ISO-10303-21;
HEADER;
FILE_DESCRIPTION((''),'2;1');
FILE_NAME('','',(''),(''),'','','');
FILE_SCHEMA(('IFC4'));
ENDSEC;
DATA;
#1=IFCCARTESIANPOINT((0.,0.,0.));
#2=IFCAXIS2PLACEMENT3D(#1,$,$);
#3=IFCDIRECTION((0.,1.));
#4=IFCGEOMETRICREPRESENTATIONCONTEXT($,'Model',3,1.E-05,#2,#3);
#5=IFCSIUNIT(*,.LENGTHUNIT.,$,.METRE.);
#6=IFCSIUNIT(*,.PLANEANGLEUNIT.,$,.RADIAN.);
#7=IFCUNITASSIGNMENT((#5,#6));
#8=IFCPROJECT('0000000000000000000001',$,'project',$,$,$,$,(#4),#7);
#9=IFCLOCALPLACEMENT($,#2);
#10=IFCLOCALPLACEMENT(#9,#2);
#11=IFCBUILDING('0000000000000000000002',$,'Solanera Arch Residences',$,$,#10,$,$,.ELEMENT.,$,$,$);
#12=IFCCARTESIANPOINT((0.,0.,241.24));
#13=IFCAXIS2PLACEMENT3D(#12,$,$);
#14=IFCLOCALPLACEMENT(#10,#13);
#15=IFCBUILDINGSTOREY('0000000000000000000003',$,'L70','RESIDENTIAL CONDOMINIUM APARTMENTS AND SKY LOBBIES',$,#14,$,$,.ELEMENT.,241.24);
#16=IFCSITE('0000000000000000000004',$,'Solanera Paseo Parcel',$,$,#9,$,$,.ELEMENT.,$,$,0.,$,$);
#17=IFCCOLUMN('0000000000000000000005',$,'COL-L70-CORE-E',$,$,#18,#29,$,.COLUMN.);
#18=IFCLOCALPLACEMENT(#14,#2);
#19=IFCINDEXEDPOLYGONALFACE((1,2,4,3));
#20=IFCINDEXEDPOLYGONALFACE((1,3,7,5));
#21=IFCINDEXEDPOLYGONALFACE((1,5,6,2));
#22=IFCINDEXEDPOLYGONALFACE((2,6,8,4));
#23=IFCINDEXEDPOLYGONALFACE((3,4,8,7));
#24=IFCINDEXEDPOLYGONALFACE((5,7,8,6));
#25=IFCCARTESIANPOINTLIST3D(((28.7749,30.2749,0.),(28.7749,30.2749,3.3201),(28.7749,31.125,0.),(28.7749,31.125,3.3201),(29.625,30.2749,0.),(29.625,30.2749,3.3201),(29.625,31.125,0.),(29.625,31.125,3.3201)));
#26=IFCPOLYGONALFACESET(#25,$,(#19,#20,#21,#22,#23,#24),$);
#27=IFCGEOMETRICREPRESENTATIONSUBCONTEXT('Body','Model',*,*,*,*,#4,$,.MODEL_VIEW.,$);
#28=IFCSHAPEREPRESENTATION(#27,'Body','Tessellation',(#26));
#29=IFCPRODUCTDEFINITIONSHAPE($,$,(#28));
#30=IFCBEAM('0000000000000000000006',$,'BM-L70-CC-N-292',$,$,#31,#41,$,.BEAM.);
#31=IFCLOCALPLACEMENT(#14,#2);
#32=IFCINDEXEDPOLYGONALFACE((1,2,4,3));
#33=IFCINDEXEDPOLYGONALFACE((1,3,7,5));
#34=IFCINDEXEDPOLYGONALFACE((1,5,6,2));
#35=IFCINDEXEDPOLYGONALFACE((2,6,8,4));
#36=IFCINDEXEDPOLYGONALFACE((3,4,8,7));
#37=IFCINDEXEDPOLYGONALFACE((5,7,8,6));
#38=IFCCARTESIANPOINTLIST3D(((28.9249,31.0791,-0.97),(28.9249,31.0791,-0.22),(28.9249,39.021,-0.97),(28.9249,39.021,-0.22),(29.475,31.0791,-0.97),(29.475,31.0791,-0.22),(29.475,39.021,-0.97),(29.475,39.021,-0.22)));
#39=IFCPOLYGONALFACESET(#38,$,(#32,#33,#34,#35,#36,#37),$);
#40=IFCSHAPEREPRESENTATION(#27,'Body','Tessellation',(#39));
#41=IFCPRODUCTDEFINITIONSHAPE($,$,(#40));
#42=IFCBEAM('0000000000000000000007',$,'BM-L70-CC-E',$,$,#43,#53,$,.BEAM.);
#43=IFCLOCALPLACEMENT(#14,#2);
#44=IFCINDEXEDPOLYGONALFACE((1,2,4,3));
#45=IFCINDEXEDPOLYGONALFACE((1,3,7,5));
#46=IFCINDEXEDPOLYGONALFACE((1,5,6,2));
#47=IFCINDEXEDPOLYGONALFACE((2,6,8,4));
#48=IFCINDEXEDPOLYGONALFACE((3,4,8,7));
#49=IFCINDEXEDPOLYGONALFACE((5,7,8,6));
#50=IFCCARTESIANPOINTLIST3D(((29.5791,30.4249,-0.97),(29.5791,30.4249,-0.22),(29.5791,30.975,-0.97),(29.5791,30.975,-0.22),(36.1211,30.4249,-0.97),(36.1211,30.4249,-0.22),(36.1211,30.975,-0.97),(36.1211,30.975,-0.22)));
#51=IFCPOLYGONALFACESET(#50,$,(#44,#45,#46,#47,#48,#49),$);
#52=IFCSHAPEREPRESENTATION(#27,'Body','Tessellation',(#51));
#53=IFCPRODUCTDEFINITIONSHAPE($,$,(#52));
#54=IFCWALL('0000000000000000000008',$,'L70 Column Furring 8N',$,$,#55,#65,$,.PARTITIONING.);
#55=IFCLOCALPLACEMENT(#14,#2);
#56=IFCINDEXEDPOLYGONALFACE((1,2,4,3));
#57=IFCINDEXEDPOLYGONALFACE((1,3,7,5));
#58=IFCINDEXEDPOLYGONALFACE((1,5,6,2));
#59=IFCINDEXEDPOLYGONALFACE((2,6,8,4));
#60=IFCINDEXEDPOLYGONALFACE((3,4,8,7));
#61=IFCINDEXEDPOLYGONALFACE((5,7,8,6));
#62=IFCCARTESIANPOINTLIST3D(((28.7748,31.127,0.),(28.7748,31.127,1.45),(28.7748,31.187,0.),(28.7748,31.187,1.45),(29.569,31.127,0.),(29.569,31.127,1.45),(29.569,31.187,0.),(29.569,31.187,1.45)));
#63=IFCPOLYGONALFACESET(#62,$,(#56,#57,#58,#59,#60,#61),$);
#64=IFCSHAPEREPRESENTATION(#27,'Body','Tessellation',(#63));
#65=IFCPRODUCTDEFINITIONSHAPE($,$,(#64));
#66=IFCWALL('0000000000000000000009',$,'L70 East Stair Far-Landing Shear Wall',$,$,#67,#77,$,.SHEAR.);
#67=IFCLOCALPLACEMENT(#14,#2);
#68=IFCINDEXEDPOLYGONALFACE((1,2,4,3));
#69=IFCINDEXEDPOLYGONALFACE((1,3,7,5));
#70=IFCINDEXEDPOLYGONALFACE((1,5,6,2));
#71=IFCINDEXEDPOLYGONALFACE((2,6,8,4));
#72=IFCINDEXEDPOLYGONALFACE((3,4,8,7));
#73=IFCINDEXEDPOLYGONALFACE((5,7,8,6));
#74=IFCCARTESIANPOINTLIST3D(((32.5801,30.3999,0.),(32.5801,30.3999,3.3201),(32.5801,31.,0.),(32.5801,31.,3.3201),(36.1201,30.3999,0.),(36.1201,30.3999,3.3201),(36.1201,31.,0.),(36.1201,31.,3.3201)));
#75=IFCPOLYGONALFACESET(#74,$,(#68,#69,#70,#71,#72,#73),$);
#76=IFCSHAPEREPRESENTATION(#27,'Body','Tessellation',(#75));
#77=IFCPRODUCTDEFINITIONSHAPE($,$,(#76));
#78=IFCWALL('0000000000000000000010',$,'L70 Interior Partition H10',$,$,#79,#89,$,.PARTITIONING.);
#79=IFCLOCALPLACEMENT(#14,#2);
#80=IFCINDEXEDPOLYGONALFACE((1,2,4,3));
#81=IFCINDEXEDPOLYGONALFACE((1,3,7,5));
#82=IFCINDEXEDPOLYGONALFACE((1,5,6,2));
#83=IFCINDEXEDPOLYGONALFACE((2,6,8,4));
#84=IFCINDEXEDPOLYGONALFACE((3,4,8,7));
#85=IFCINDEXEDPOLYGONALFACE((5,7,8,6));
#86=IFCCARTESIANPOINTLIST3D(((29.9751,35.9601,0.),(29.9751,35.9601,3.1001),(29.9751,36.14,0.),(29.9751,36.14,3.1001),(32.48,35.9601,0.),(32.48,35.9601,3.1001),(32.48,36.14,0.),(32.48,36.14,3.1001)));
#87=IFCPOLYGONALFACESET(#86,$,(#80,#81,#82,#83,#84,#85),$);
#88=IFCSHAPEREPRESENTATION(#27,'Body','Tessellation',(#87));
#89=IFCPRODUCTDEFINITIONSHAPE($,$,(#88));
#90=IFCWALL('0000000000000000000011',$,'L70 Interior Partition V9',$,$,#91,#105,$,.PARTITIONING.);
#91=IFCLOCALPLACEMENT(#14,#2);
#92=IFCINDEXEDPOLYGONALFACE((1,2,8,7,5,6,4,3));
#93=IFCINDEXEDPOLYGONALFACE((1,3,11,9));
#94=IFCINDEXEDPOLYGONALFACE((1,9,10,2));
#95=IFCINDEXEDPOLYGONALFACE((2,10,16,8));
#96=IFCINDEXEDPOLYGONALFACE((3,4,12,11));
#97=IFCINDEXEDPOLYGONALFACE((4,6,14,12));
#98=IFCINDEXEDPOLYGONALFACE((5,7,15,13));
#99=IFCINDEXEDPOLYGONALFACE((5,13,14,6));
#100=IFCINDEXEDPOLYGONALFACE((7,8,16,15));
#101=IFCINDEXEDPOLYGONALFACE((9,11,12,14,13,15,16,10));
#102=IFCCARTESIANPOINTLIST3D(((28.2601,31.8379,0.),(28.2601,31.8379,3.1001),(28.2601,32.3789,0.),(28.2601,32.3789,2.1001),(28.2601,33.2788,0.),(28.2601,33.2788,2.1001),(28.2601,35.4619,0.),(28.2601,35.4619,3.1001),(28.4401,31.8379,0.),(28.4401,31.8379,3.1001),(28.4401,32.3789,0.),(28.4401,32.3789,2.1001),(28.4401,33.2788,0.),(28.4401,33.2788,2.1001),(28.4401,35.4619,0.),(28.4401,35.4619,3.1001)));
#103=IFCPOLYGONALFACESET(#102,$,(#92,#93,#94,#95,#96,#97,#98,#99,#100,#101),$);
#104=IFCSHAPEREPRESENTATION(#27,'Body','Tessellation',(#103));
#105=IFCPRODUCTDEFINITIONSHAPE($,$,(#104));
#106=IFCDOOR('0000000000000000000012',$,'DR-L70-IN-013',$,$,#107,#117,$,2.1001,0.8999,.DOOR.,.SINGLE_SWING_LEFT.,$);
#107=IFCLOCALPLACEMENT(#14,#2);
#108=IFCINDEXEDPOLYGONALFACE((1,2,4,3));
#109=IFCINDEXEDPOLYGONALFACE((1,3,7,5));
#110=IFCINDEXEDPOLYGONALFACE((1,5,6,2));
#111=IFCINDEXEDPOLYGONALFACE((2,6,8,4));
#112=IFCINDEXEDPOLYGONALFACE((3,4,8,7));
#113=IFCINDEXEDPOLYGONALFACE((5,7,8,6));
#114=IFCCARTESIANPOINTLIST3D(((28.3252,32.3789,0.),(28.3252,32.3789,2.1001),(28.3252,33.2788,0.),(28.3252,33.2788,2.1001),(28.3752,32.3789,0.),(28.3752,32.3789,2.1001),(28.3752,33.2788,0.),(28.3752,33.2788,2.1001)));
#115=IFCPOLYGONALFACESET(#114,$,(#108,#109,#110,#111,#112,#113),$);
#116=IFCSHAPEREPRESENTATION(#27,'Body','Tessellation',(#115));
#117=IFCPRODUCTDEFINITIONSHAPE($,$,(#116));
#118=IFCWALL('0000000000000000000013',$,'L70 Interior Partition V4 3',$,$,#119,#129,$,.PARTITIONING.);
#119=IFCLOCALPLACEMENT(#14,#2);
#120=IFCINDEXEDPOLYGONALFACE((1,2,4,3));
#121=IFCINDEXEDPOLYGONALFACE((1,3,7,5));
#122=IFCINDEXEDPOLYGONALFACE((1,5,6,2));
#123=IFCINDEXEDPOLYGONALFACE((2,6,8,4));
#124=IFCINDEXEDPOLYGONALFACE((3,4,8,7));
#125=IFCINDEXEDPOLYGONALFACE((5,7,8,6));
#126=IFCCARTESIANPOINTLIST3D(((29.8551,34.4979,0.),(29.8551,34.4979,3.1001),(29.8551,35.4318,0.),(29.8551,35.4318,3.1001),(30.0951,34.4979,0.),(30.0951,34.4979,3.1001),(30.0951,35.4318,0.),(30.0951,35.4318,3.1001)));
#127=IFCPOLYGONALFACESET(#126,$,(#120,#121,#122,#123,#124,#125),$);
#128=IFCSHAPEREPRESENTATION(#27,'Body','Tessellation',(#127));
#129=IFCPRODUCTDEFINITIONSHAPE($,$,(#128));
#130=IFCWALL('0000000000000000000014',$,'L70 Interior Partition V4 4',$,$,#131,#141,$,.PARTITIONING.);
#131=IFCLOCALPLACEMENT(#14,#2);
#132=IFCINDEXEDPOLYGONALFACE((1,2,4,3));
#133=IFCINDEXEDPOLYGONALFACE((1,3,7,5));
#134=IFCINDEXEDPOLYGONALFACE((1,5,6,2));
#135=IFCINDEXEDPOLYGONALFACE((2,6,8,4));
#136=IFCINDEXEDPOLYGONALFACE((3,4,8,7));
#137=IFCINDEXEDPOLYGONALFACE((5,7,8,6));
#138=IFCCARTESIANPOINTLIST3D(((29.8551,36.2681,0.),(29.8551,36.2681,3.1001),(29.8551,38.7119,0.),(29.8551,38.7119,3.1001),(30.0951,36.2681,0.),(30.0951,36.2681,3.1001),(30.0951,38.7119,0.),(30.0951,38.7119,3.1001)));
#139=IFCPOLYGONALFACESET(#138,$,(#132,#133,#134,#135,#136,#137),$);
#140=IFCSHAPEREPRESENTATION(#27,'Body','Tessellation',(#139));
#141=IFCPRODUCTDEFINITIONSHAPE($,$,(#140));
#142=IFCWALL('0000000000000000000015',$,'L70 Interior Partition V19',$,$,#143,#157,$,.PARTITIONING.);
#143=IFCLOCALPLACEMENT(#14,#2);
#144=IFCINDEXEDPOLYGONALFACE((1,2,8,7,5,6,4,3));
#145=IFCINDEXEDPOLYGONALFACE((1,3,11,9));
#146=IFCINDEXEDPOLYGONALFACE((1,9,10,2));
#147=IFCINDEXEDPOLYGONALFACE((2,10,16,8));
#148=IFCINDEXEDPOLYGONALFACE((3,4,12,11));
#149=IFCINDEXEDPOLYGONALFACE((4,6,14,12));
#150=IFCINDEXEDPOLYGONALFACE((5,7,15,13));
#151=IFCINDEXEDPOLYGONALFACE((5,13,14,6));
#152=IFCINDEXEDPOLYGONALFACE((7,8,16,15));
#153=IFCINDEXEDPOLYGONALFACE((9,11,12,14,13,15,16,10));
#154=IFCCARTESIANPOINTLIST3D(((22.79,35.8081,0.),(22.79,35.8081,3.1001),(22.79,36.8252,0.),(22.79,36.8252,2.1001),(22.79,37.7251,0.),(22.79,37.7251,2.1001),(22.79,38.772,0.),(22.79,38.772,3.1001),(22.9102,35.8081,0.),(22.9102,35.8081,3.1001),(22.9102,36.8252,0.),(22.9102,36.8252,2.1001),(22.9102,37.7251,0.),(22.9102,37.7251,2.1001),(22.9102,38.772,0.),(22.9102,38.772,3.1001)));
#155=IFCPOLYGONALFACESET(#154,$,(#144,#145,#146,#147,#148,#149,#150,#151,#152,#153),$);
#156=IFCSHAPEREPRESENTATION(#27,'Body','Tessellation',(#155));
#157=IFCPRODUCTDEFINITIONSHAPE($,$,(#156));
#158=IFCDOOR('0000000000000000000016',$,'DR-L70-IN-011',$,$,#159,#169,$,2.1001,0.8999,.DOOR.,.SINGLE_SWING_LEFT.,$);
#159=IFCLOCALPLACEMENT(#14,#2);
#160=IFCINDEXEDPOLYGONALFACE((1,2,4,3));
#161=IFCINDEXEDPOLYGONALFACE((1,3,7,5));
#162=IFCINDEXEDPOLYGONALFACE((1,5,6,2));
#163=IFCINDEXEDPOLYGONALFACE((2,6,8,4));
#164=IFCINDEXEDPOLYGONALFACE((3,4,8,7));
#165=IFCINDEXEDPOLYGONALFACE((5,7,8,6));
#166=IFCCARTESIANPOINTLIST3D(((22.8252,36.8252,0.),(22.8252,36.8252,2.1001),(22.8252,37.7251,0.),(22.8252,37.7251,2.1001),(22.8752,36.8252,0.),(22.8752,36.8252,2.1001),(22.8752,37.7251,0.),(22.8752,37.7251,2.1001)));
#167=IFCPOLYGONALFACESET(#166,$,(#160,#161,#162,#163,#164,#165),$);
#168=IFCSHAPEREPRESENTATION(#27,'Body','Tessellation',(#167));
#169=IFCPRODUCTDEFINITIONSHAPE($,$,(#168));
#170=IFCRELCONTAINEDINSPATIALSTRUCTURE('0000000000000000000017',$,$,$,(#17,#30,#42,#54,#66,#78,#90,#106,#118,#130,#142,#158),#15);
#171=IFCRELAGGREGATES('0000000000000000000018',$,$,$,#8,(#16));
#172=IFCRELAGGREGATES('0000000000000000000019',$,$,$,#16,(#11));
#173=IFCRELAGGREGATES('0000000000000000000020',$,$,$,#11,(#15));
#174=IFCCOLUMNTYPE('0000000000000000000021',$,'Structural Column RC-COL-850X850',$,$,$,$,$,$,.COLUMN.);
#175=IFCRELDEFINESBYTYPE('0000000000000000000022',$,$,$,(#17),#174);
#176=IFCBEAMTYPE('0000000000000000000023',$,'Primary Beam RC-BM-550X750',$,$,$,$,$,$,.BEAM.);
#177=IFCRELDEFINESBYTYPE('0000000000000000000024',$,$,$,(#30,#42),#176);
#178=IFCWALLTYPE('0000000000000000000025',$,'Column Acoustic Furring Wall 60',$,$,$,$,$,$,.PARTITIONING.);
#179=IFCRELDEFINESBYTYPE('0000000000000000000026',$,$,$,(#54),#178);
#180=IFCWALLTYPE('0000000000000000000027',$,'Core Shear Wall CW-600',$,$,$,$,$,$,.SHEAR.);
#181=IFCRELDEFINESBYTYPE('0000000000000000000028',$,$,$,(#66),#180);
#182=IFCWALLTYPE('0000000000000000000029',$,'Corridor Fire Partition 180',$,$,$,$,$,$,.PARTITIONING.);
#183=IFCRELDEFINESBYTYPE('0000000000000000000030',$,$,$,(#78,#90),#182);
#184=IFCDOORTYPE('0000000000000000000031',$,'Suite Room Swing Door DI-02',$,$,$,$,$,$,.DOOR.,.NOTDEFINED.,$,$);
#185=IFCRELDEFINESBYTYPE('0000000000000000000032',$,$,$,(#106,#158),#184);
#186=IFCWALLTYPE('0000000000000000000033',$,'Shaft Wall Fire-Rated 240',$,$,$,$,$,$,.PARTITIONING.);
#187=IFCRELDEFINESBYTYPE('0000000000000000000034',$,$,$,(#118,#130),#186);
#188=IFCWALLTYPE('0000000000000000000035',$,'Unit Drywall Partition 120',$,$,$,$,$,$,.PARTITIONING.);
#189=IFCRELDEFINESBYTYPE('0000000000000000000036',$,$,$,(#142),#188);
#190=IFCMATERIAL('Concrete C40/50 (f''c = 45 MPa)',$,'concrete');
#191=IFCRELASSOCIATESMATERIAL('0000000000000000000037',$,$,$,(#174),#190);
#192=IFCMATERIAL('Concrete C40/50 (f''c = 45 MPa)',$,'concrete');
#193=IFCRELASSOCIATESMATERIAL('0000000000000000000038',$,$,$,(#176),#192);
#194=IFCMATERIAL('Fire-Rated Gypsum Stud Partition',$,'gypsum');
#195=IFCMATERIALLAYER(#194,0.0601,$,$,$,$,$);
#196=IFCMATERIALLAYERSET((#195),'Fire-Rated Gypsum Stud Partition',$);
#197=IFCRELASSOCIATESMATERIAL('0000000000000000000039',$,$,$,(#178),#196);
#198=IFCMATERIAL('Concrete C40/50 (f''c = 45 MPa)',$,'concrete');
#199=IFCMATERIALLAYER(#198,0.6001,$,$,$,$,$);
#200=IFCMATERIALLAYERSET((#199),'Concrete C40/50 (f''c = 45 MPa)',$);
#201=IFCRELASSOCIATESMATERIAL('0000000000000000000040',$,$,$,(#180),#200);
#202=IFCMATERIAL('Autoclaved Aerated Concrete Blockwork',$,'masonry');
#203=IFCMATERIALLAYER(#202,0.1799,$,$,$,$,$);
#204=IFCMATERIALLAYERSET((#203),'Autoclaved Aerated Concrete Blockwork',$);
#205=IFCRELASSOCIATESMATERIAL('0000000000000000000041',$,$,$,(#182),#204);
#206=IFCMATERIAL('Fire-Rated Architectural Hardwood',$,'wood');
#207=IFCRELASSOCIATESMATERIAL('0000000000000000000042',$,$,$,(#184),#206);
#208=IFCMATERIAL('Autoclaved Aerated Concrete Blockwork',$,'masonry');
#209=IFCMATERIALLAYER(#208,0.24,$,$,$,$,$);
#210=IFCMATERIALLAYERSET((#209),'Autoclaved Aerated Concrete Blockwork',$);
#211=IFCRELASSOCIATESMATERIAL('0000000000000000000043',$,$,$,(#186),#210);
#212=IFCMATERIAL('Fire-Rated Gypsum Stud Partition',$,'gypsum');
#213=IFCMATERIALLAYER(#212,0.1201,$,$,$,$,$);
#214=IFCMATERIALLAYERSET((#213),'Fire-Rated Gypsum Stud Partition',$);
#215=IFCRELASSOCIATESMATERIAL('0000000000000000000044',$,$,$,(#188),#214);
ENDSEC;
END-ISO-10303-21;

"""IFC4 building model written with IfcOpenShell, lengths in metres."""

from ifc_helpers import new_model, si_unit, direction, frame, frame_2d, origin, origin_2d, place, context, subcontext, project, spatial, rectangle, extrude, material, layer, layer_set, material_profile, profile_set, type_object, element, fill, save


model = new_model("IFC4")

# Units and contexts
model_context = context("Model", 3, precision=1e-05, world=origin(), true_north=direction((0.0, 1.0)))
body_context = subcontext(model_context, "Body", "Model", "MODEL_VIEW")
ifc_project = project(units=[si_unit("LENGTHUNIT", "METRE"), si_unit("PLANEANGLEUNIT", "RADIAN")], contexts=[model_context])

# Site, building, storey
site_placement = place(None, origin())
site = spatial("IfcSite", under=ifc_project, at=site_placement, Name="Solanera Paseo Parcel", CompositionType="ELEMENT", RefElevation=0.0)
building_placement = place(site_placement, origin())
building = spatial("IfcBuilding", under=site, at=building_placement, Name="Solanera Arch Residences", CompositionType="ELEMENT")
storey_placement = place(building_placement, frame((0.0, 0.0, 241.24)))
storey = spatial("IfcBuildingStorey", under=building, at=storey_placement, Name="L70", Description="RESIDENTIAL CONDOMINIUM APARTMENTS AND SKY LOBBIES", CompositionType="ELEMENT", Elevation=241.24)

# Column
ifc_material_1 = material(Name="Concrete C40/50 (f'c = 45 MPa)", Category="concrete")
ifc_material_profile_1 = material_profile(ifc_material_1, rectangle(XDim=0.8501, YDim=0.8501, at=origin_2d()))
ifc_profile_set_1 = profile_set([ifc_material_profile_1], Name="Concrete C40/50 (f'c = 45 MPa)")
column_type = type_object("IfcColumnType", Name="Structural Column RC-COL-850X850", PredefinedType="COLUMN", material=ifc_profile_set_1)
column_placement = place(storey_placement, frame((29.2, 30.7, 0.0), z_axis=(0.0, 0.0, 1.0), x_axis=(1.0, 0.0, 0.0)))
element("IfcColumn", 1, at=column_placement, inside=storey, type_object=column_type, Name="COL-L70-CORE-E", PredefinedType="COLUMN", context=body_context, shape_type="SweptSolid", body=[
    extrude(rectangle(XDim=0.8501, YDim=0.8501, at=origin_2d()), origin(), (0.0, 0.0, 1.0), 3.3201),
])

# Beams
ifc_material_2 = material(Name="Concrete C40/50 (f'c = 45 MPa)", Category="concrete")
ifc_material_profile_2 = material_profile(ifc_material_2, rectangle(XDim=0.55, YDim=0.75, at=origin_2d()))
ifc_profile_set_2 = profile_set([ifc_material_profile_2], Name="Concrete C40/50 (f'c = 45 MPa)")
beam_type = type_object("IfcBeamType", Name="Primary Beam RC-BM-550X750", PredefinedType="BEAM", material=ifc_profile_set_2)
beam_1_placement = place(storey_placement, frame((29.2, 31.0791, -0.595), z_axis=(0.0, 1.0, 0.0), x_axis=(-1.0, 0.0, 0.0)))
element("IfcBeam", 2, at=beam_1_placement, inside=storey, type_object=beam_type, Name="BM-L70-CC-N-292", PredefinedType="BEAM", context=body_context, shape_type="SweptSolid", body=[
    extrude(rectangle(XDim=0.55, YDim=0.75, at=origin_2d()), origin(), (0.0, 0.0, 1.0), 7.9419),
])
beam_2_placement = place(storey_placement, frame((29.5791, 30.7, -0.595), z_axis=(1.0, 0.0, 0.0), x_axis=(0.0, 1.0, 0.0)))
element("IfcBeam", 3, at=beam_2_placement, inside=storey, type_object=beam_type, Name="BM-L70-CC-E", PredefinedType="BEAM", context=body_context, shape_type="SweptSolid", body=[
    extrude(rectangle(XDim=0.55, YDim=0.75, at=origin_2d()), origin(), (0.0, 0.0, 1.0), 6.542),
])

# Wall
ifc_material_3 = material(Name="Fire-Rated Gypsum Stud Partition", Category="gypsum")
ifc_layer_1 = layer(ifc_material_3, 0.0601)
ifc_layer_set_1 = layer_set([ifc_layer_1], Name="Fire-Rated Gypsum Stud Partition")
wall_type_1 = type_object("IfcWallType", Name="Column Acoustic Furring Wall 60", PredefinedType="PARTITIONING", material=ifc_layer_set_1)
wall_1_placement = place(storey_placement, frame((28.7749, 31.157, 0.0), z_axis=(0.0, 0.0, 1.0), x_axis=(1.0, 0.0, 0.0)))
element("IfcWall", 4, at=wall_1_placement, inside=storey, type_object=wall_type_1, Name="L70 Column Furring 8N", PredefinedType="PARTITIONING", context=body_context, shape_type="SweptSolid", body=[
    extrude(rectangle(XDim=0.7942, YDim=0.0601, at=frame_2d((0.397, 0.0))), origin(), (0.0, 0.0, 1.0), 1.45),
])

# Walls
ifc_material_4 = material(Name="Concrete C40/50 (f'c = 45 MPa)", Category="concrete")
ifc_layer_2 = layer(ifc_material_4, 0.6001)
ifc_layer_set_2 = layer_set([ifc_layer_2], Name="Concrete C40/50 (f'c = 45 MPa)")
wall_type_2 = type_object("IfcWallType", Name="Core Shear Wall CW-600", PredefinedType="SHEAR", material=ifc_layer_set_2)
wall_2_placement = place(storey_placement, frame((32.5801, 30.7, 0.0), z_axis=(0.0, 0.0, 1.0), x_axis=(1.0, 0.0, 0.0)))
element("IfcWall", 5, at=wall_2_placement, inside=storey, type_object=wall_type_2, Name="L70 East Stair Far-Landing Shear Wall", PredefinedType="SHEAR", context=body_context, shape_type="SweptSolid", body=[
    extrude(rectangle(XDim=3.54, YDim=0.6001, at=frame_2d((1.77, 0.0))), origin(), (0.0, 0.0, 1.0), 3.3201),
])
ifc_material_5 = material(Name="Autoclaved Aerated Concrete Blockwork", Category="masonry")
ifc_layer_3 = layer(ifc_material_5, 0.1799)
ifc_layer_set_3 = layer_set([ifc_layer_3], Name="Autoclaved Aerated Concrete Blockwork")
wall_type_3 = type_object("IfcWallType", Name="Corridor Fire Partition 180", PredefinedType="PARTITIONING", material=ifc_layer_set_3)
wall_3_placement = place(storey_placement, frame((29.9751, 36.05, 0.0), z_axis=(0.0, 0.0, 1.0), x_axis=(1.0, 0.0, 0.0)))
element("IfcWall", 6, at=wall_3_placement, inside=storey, type_object=wall_type_3, Name="L70 Interior Partition H10", PredefinedType="PARTITIONING", context=body_context, shape_type="SweptSolid", body=[
    extrude(rectangle(XDim=2.5049, YDim=0.1799, at=frame_2d((1.2524, 0.0))), origin(), (0.0, 0.0, 1.0), 3.1001),
])

# Wall, opening, door
wall_4_placement = place(storey_placement, frame((28.3501, 31.8379, 0.0), z_axis=(0.0, 0.0, 1.0), x_axis=(0.0, 1.0, 0.0)))
wall_4 = element("IfcWall", 7, at=wall_4_placement, inside=storey, type_object=wall_type_3, Name="L70 Interior Partition V9", PredefinedType="PARTITIONING", context=body_context, shape_type="SweptSolid", body=[
    extrude(rectangle(XDim=3.624, YDim=0.1799, at=frame_2d((1.812, 0.0))), origin(), (0.0, 0.0, 1.0), 3.1001),
])
opening_1_placement = place(wall_4_placement, frame((0.541, 0.0, 0.0)))
opening_1 = element("IfcOpeningElement", 8, at=opening_1_placement, cuts=wall_4, PredefinedType="OPENING", context=body_context, shape_type="SweptSolid", body=[
    extrude(rectangle(XDim=0.8999, YDim=2.1001, at=frame_2d((0.45, 1.05))), frame((0.0, 0.1001, 0.0), z_axis=(0.0, -1.0, 0.0), x_axis=(1.0, 0.0, 0.0)), (0.0, 0.0, 1.0), 0.1999),
])
ifc_material_6 = material(Name="Fire-Rated Architectural Hardwood", Category="wood")
door_type_1 = type_object("IfcDoorType", Name="Suite Room Swing Door DI-02", OperationType="NOTDEFINED", PredefinedType="DOOR", material=ifc_material_6)
door_1_placement = place(opening_1_placement, origin())
door_1 = element("IfcDoor", 9, at=door_1_placement, inside=storey, type_object=door_type_1, Name="DR-L70-IN-013", OperationType="SINGLE_SWING_LEFT", OverallHeight=2.1001, OverallWidth=0.8999, PredefinedType="DOOR", context=body_context, shape_type="SweptSolid", body=[
    extrude(rectangle(XDim=0.8999, YDim=2.1001, at=frame_2d((0.45, 1.05))), frame((0.0, 0.0249, 0.0), z_axis=(0.0, -1.0, 0.0), x_axis=(1.0, 0.0, 0.0)), (0.0, 0.0, 1.0), 0.05),
])
fill(opening_1, door_1)
ifc_material_7 = material(Name="Autoclaved Aerated Concrete Blockwork", Category="masonry")
ifc_layer_4 = layer(ifc_material_7, 0.24)
ifc_layer_set_4 = layer_set([ifc_layer_4], Name="Autoclaved Aerated Concrete Blockwork")
wall_type_4 = type_object("IfcWallType", Name="Shaft Wall Fire-Rated 240", PredefinedType="PARTITIONING", material=ifc_layer_set_4)

# Walls
wall_5_placement = place(storey_placement, frame((29.9751, 34.498, 0.0), z_axis=(0.0, 0.0, 1.0), x_axis=(0.0, 1.0, 0.0)))
element("IfcWall", 10, at=wall_5_placement, inside=storey, type_object=wall_type_4, Name="L70 Interior Partition V4 3", PredefinedType="PARTITIONING", context=body_context, shape_type="SweptSolid", body=[
    extrude(rectangle(XDim=0.9338, YDim=0.24, at=frame_2d((0.4668, 0.0))), origin(), (0.0, 0.0, 1.0), 3.1001),
])
wall_6_placement = place(storey_placement, frame((29.9751, 36.2681, 0.0), z_axis=(0.0, 0.0, 1.0), x_axis=(0.0, 1.0, 0.0)))
element("IfcWall", 11, at=wall_6_placement, inside=storey, type_object=wall_type_4, Name="L70 Interior Partition V4 4", PredefinedType="PARTITIONING", context=body_context, shape_type="SweptSolid", body=[
    extrude(rectangle(XDim=2.4438, YDim=0.24, at=frame_2d((1.2219, 0.0))), origin(), (0.0, 0.0, 1.0), 3.1001),
])

# Wall, opening, door
ifc_material_8 = material(Name="Fire-Rated Gypsum Stud Partition", Category="gypsum")
ifc_layer_5 = layer(ifc_material_8, 0.1201)
ifc_layer_set_5 = layer_set([ifc_layer_5], Name="Fire-Rated Gypsum Stud Partition")
wall_type_5 = type_object("IfcWallType", Name="Unit Drywall Partition 120", PredefinedType="PARTITIONING", material=ifc_layer_set_5)
wall_7_placement = place(storey_placement, frame((22.8501, 35.8081, 0.0), z_axis=(0.0, 0.0, 1.0), x_axis=(0.0, 1.0, 0.0)))
wall_7 = element("IfcWall", 12, at=wall_7_placement, inside=storey, type_object=wall_type_5, Name="L70 Interior Partition V19", PredefinedType="PARTITIONING", context=body_context, shape_type="SweptSolid", body=[
    extrude(rectangle(XDim=2.9639, YDim=0.1201, at=frame_2d((1.4819, 0.0))), origin(), (0.0, 0.0, 1.0), 3.1001),
])
opening_2_placement = place(wall_7_placement, frame((1.0171, 0.0, 0.0)))
opening_2 = element("IfcOpeningElement", 13, at=opening_2_placement, cuts=wall_7, PredefinedType="OPENING", context=body_context, shape_type="SweptSolid", body=[
    extrude(rectangle(XDim=0.8999, YDim=2.1001, at=frame_2d((0.45, 1.05))), frame((0.0, 0.0701, 0.0), z_axis=(0.0, -1.0, 0.0), x_axis=(1.0, 0.0, 0.0)), (0.0, 0.0, 1.0), 0.1401),
])
door_2_placement = place(opening_2_placement, origin())
door_2 = element("IfcDoor", 14, at=door_2_placement, inside=storey, type_object=door_type_1, Name="DR-L70-IN-011", OperationType="SINGLE_SWING_LEFT", OverallHeight=2.1001, OverallWidth=0.8999, PredefinedType="DOOR", context=body_context, shape_type="SweptSolid", body=[
    extrude(rectangle(XDim=0.8999, YDim=2.1001, at=frame_2d((0.45, 1.05))), frame((0.0, 0.0249, 0.0), z_axis=(0.0, -1.0, 0.0), x_axis=(1.0, 0.0, 0.0)), (0.0, 0.0, 1.0), 0.05),
])
fill(opening_2, door_2)

save(model, "model.ifc")
